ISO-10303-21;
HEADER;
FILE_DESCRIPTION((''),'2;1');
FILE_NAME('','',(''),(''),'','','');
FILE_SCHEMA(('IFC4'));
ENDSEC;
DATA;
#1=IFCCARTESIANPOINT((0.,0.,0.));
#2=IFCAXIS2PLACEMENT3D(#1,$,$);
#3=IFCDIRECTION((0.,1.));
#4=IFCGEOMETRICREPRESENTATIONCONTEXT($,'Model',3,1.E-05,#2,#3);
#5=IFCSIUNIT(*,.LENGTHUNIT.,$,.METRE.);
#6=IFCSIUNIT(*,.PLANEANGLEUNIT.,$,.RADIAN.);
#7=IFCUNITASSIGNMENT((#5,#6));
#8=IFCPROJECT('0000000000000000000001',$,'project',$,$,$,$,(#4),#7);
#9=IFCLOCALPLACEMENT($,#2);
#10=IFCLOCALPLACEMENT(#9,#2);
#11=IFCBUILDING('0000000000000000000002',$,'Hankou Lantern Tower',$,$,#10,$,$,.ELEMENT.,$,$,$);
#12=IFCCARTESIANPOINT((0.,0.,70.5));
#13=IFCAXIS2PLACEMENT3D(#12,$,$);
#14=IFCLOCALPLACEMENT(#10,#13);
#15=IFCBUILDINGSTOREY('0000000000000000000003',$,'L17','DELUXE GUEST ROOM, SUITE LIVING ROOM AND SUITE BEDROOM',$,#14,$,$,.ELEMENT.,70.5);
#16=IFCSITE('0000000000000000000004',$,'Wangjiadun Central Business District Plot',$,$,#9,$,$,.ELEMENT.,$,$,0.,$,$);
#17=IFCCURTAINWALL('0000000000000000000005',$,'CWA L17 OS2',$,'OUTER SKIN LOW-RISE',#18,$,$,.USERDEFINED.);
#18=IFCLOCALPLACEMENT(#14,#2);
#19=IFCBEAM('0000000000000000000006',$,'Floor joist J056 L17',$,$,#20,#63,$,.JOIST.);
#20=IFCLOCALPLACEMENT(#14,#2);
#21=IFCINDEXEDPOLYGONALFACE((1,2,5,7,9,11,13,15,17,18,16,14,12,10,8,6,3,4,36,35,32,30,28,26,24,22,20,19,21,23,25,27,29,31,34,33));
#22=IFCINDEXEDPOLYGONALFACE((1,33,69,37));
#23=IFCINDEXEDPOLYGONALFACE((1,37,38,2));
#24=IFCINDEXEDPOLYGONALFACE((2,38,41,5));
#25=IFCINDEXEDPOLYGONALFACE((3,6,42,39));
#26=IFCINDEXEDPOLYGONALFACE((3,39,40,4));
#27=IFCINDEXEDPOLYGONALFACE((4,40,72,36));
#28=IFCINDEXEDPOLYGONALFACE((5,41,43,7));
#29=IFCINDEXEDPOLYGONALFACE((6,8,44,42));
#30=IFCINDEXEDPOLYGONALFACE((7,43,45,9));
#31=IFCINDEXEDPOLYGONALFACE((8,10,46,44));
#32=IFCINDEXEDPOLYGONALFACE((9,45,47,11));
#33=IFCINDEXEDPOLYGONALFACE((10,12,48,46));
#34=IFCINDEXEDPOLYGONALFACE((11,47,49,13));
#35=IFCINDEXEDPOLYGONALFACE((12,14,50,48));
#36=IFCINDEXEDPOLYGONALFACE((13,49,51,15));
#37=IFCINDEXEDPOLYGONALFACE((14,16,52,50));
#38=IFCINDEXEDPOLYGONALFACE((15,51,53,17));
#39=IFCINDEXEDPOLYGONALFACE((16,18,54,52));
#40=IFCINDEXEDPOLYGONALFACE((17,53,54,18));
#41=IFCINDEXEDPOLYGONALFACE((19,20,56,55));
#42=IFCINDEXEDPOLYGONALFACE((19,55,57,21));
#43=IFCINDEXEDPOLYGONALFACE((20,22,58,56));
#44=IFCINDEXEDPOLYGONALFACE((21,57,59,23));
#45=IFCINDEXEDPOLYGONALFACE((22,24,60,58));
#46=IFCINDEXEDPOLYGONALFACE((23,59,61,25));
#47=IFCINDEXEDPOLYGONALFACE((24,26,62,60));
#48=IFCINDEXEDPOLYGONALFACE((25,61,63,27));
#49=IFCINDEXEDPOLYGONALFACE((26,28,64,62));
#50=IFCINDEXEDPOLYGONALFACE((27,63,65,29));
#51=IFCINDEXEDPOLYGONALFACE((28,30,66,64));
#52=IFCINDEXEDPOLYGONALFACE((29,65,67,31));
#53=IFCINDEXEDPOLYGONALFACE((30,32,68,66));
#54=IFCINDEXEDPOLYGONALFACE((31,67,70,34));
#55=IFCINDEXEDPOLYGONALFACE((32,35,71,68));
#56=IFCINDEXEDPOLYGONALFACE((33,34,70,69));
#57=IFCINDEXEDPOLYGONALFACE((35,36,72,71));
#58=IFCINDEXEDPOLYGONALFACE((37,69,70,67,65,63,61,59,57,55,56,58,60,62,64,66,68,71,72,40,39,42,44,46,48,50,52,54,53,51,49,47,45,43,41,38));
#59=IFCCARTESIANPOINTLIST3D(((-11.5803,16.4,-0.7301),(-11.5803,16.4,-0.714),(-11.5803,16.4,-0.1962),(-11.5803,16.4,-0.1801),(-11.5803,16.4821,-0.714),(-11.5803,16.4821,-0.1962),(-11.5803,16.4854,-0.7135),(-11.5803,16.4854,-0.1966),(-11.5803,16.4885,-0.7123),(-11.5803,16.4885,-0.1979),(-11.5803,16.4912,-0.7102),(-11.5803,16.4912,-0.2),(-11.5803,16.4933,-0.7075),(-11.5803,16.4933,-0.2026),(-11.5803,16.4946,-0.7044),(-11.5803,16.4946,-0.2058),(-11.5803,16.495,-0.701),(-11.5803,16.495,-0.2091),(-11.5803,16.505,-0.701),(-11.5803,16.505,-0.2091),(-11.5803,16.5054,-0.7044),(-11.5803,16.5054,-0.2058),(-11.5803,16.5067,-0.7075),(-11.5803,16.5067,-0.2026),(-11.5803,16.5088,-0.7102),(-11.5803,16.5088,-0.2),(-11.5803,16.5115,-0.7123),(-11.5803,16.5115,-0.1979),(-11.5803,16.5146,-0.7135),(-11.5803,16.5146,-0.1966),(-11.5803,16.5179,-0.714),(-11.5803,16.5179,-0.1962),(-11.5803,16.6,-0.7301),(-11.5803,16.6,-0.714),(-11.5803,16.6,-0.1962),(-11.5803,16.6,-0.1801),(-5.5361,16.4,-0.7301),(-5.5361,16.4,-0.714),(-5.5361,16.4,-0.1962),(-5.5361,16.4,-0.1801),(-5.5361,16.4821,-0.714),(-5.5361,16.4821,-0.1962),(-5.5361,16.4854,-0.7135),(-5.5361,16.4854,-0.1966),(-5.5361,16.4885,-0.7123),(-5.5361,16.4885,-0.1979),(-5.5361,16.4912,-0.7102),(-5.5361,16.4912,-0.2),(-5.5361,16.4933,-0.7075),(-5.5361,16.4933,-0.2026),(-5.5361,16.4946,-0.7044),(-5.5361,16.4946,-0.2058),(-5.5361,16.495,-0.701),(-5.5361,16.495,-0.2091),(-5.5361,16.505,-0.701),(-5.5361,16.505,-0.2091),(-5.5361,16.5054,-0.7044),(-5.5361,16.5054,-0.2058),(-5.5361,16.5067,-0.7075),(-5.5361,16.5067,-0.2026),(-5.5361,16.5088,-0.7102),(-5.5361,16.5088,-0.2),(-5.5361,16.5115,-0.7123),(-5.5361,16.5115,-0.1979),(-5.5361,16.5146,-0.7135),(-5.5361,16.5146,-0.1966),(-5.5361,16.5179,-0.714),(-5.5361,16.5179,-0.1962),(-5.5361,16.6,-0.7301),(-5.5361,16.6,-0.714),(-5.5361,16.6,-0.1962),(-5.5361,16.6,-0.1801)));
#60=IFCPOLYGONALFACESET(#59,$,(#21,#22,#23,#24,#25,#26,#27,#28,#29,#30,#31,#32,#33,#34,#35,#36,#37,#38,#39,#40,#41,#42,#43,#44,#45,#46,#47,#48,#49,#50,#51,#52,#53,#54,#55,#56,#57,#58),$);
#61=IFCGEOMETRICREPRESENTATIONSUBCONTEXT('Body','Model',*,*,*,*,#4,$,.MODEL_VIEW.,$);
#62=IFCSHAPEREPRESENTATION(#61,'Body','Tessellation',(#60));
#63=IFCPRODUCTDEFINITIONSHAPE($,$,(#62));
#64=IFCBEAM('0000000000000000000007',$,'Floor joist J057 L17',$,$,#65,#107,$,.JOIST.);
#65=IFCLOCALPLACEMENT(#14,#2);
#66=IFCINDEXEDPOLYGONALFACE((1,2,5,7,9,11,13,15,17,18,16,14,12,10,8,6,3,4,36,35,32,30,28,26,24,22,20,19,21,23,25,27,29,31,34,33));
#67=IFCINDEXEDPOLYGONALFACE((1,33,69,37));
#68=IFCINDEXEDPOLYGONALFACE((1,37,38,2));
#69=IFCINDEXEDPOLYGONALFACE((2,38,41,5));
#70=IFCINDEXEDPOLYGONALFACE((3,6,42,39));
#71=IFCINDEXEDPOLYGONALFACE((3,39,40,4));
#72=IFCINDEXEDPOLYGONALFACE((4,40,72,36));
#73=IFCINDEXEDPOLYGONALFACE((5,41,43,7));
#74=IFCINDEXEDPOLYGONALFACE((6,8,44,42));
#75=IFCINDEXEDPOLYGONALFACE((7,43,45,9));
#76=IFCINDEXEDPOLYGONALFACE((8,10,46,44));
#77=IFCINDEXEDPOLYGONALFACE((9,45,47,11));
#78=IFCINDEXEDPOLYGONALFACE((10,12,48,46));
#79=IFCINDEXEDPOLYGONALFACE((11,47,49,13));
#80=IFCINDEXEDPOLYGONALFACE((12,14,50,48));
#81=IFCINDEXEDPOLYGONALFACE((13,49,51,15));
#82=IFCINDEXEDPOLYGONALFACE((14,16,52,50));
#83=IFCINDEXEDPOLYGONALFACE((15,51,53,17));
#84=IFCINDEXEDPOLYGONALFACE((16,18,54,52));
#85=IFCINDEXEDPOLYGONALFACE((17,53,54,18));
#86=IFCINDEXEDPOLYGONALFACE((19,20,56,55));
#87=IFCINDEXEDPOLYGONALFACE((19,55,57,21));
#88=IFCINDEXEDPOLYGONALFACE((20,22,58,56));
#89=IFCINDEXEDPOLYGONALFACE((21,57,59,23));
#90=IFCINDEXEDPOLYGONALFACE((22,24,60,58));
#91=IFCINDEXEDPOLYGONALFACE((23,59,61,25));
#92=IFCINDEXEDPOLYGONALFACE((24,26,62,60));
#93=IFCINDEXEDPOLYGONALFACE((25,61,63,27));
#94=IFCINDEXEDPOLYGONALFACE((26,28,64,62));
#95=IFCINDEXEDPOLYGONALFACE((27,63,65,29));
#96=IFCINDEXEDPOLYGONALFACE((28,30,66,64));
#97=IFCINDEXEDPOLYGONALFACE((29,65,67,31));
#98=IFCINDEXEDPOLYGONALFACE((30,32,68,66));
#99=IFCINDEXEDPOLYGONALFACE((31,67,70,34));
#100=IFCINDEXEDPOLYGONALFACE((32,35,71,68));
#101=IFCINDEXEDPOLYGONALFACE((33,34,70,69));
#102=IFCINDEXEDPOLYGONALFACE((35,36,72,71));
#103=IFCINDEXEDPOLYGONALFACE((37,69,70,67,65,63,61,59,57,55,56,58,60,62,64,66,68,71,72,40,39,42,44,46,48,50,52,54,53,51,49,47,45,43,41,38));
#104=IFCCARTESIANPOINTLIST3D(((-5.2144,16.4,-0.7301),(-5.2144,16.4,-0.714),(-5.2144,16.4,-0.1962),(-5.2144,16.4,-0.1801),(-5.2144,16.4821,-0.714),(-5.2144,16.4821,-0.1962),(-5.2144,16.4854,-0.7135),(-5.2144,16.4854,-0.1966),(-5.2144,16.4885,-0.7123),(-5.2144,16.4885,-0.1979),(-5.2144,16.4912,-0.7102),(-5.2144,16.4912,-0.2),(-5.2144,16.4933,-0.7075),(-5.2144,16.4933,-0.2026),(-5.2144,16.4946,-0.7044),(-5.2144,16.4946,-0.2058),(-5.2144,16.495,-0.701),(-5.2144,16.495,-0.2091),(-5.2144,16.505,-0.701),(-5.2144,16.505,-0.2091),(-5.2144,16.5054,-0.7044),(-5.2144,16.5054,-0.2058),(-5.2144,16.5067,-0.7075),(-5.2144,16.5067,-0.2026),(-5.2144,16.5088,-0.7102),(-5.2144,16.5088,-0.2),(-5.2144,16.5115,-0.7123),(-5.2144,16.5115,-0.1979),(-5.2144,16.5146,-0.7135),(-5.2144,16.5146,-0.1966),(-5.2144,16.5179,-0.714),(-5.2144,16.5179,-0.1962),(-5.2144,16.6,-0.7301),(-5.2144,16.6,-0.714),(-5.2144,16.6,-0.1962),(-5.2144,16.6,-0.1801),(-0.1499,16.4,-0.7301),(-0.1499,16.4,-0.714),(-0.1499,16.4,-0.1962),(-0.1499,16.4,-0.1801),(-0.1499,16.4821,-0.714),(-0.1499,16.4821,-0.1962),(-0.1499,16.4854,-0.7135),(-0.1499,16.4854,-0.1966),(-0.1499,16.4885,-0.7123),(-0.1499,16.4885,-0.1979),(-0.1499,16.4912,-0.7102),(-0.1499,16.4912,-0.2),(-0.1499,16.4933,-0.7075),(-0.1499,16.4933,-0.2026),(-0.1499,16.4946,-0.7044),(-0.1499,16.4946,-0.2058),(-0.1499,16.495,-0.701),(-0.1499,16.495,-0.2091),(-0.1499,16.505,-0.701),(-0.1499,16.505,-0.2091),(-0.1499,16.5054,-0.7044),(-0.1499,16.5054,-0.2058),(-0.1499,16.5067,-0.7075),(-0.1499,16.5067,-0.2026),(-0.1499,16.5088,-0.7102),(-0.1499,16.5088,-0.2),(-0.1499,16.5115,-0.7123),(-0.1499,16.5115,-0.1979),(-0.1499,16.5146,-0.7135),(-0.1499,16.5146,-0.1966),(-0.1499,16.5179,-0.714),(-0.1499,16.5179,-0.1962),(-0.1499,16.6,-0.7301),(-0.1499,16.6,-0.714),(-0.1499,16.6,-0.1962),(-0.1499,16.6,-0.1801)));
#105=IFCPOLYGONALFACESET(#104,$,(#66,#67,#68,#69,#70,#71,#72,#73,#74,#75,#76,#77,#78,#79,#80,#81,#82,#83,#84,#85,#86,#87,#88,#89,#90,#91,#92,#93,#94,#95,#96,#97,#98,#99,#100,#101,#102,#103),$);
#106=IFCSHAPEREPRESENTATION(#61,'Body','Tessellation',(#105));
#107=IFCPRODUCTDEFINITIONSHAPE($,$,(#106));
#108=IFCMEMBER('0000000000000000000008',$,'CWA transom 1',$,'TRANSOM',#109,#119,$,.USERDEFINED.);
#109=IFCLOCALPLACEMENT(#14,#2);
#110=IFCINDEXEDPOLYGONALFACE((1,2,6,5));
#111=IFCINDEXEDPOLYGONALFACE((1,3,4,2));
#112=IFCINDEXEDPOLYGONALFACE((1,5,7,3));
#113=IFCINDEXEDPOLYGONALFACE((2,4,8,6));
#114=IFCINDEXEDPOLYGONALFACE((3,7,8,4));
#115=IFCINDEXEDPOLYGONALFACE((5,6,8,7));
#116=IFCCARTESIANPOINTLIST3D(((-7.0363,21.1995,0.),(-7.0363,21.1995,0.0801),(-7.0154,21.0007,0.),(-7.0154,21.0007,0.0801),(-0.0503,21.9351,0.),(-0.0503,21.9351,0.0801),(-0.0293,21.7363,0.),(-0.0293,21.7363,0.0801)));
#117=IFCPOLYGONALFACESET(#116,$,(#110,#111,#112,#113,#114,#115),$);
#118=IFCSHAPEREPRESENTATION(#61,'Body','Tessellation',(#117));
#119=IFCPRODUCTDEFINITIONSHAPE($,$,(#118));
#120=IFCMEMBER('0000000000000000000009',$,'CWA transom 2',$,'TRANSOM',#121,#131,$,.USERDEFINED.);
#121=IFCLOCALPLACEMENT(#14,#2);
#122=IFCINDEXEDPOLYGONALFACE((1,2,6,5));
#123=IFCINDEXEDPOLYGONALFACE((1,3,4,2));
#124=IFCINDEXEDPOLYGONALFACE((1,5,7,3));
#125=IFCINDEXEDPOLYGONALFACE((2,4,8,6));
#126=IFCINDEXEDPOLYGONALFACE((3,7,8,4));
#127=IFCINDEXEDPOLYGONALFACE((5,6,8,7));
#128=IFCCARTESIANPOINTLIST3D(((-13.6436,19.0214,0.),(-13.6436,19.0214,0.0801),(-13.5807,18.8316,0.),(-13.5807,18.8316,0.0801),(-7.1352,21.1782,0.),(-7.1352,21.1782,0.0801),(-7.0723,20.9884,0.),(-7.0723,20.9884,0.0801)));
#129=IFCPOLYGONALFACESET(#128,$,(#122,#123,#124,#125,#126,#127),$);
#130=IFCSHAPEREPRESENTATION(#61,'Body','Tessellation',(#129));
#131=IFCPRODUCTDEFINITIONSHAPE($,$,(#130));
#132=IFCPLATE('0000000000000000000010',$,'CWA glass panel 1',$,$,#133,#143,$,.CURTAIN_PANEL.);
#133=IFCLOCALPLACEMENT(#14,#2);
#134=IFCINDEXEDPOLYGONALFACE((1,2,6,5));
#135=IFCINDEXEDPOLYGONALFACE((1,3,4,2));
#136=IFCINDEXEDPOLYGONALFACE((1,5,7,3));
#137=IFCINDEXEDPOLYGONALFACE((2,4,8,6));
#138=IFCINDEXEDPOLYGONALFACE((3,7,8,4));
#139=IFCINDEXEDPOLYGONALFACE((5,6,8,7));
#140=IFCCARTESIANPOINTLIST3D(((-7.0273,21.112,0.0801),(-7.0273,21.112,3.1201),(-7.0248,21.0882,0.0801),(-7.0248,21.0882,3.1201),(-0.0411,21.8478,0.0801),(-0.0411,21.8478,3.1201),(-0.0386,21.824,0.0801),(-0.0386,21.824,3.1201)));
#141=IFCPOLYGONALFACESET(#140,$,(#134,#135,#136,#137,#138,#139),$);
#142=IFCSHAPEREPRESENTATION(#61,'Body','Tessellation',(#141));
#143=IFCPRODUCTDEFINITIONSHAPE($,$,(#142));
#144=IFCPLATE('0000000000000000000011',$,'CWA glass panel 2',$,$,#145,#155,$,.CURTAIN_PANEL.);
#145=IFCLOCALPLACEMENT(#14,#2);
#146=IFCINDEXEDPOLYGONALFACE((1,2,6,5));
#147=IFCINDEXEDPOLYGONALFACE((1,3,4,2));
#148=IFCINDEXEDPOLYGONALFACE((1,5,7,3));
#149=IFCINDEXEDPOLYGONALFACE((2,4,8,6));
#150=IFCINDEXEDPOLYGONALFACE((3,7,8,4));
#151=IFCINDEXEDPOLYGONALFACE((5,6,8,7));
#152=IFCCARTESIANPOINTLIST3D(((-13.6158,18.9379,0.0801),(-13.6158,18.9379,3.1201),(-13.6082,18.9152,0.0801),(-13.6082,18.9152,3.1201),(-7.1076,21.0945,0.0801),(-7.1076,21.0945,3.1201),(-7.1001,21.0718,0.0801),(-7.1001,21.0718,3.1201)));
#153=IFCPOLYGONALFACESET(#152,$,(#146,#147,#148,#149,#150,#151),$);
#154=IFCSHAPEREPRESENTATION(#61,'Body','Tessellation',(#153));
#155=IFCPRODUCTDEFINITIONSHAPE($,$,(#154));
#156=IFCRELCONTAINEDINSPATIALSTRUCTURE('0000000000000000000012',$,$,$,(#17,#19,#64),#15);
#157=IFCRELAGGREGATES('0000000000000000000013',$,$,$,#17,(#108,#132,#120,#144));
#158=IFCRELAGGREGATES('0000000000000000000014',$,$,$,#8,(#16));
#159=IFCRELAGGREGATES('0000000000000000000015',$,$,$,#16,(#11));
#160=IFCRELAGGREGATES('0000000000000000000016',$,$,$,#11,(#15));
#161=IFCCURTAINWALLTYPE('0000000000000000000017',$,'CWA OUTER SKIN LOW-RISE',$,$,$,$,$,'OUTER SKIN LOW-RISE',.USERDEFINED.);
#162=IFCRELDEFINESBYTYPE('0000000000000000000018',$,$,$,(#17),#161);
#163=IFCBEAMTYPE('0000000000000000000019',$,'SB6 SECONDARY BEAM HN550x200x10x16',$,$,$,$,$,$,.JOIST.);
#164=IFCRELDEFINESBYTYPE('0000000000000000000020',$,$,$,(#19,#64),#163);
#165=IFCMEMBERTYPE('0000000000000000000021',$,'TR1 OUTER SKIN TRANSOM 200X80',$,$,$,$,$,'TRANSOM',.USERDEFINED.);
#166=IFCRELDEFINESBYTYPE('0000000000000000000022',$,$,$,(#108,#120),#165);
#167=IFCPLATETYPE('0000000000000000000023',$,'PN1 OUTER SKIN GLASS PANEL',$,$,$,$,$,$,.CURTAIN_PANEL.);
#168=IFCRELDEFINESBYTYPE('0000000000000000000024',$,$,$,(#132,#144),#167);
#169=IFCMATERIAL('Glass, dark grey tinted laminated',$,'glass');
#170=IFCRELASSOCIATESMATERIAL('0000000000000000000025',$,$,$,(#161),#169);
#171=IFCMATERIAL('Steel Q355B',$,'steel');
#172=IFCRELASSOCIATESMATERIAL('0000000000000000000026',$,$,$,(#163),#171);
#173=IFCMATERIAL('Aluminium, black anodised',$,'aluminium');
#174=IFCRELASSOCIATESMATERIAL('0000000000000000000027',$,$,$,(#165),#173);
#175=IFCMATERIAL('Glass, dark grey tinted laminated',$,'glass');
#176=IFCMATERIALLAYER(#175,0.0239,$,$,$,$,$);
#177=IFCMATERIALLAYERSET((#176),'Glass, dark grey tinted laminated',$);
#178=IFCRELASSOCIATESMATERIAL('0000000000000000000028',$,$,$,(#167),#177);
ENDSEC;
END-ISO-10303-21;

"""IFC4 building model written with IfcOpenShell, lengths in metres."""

from ifc_helpers import new_model, si_unit, direction, frame, origin, origin_2d, place, context, subcontext, project, spatial, rectangle, i_section, extrude, material, layer, layer_set, material_profile, profile_set, type_object, element, aggregate, save


model = new_model("IFC4")

# Units and contexts
model_context = context("Model", 3, precision=1e-05, world=origin(), true_north=direction((0.0, 1.0)))
body_context = subcontext(model_context, "Body", "Model", "MODEL_VIEW")
ifc_project = project(units=[si_unit("LENGTHUNIT", "METRE"), si_unit("PLANEANGLEUNIT", "RADIAN")], contexts=[model_context])

# Site, building, storey
site_placement = place(None, origin())
site = spatial("IfcSite", under=ifc_project, at=site_placement, Name="Wangjiadun Central Business District Plot", CompositionType="ELEMENT", RefElevation=0.0)
building_placement = place(site_placement, origin())
building = spatial("IfcBuilding", under=site, at=building_placement, Name="Hankou Lantern Tower", CompositionType="ELEMENT")
storey_placement = place(building_placement, frame((0.0, 0.0, 70.5)))
storey = spatial("IfcBuildingStorey", under=building, at=storey_placement, Name="L17", Description="DELUXE GUEST ROOM, SUITE LIVING ROOM AND SUITE BEDROOM", CompositionType="ELEMENT", Elevation=70.5)

# Curtain wall
ifc_material_1 = material(Name="Glass, dark grey tinted laminated", Category="glass")
curtain_wall_type = type_object("IfcCurtainWallType", Name="CWA OUTER SKIN LOW-RISE", ElementType="OUTER SKIN LOW-RISE", PredefinedType="USERDEFINED", material=ifc_material_1)
curtain_wall_placement = place(storey_placement, origin())
curtain_wall = element("IfcCurtainWall", 1, at=curtain_wall_placement, inside=storey, type_object=curtain_wall_type, Name="CWA L17 OS2", ObjectType="OUTER SKIN LOW-RISE", PredefinedType="USERDEFINED")

# Beams
ifc_material_2 = material(Name="Steel Q355B", Category="steel")
ifc_material_profile_1 = material_profile(ifc_material_2, i_section(OverallWidth=0.2, OverallDepth=0.55, WebThickness=0.01, FlangeThickness=0.0161, FilletRadius=0.0129, at=origin_2d()), Name="HN550x200x10x16")
ifc_profile_set_1 = profile_set([ifc_material_profile_1], Name="Steel Q355B")
beam_type_1 = type_object("IfcBeamType", Name="SB6 SECONDARY BEAM HN550x200x10x16", PredefinedType="JOIST", material=ifc_profile_set_1)
beam_1_placement = place(storey_placement, frame((-11.5803, 16.5, -0.4551), z_axis=(1.0, 0.0, 0.0), x_axis=(0.0, 1.0, 0.0)))
element("IfcBeam", 2, at=beam_1_placement, inside=storey, type_object=beam_type_1, Name="Floor joist J056 L17", PredefinedType="JOIST", context=body_context, shape_type="SweptSolid", body=[
    extrude(i_section(OverallWidth=0.2, OverallDepth=0.55, WebThickness=0.01, FlangeThickness=0.0161, FilletRadius=0.0129, at=origin_2d()), origin(), (0.0, 0.0, 1.0), 6.0442),
])
beam_2_placement = place(storey_placement, frame((-5.2144, 16.5, -0.4551), z_axis=(1.0, 0.0, 0.0), x_axis=(0.0, 1.0, 0.0)))
element("IfcBeam", 3, at=beam_2_placement, inside=storey, type_object=beam_type_1, Name="Floor joist J057 L17", PredefinedType="JOIST", context=body_context, shape_type="SweptSolid", body=[
    extrude(i_section(OverallWidth=0.2, OverallDepth=0.55, WebThickness=0.01, FlangeThickness=0.0161, FilletRadius=0.0129, at=origin_2d()), origin(), (0.0, 0.0, 1.0), 5.0645),
])

# Members
ifc_material_3 = material(Name="Aluminium, black anodised", Category="aluminium")
ifc_material_profile_2 = material_profile(ifc_material_3, rectangle(XDim=0.2, YDim=0.0801, at=origin_2d()), Name="TR1 200X80")
ifc_profile_set_2 = profile_set([ifc_material_profile_2], Name="Aluminium, black anodised")
member_type_1 = type_object("IfcMemberType", Name="TR1 OUTER SKIN TRANSOM 200X80", ElementType="TRANSOM", PredefinedType="USERDEFINED", material=ifc_profile_set_2)
member_1_placement = place(storey_placement, frame((-0.0398, 21.8357, 0.04), z_axis=(-0.994502, -0.104716, 0.0), x_axis=(0.104716, -0.994502, 0.0)))
member_1 = element("IfcMember", 4, at=member_1_placement, type_object=member_type_1, Name="CWA transom 1", ObjectType="TRANSOM", PredefinedType="USERDEFINED", context=body_context, shape_type="SweptSolid", body=[
    extrude(rectangle(XDim=0.2, YDim=0.0801, at=origin_2d()), origin(), (0.0, 0.0, 1.0), 7.0247),
])
member_2_placement = place(storey_placement, frame((-7.1038, 21.0833, 0.04), z_axis=(-0.949237, -0.314561, 0.0), x_axis=(0.314561, -0.949237, 0.0)))
member_2 = element("IfcMember", 5, at=member_2_placement, type_object=member_type_1, Name="CWA transom 2", ObjectType="TRANSOM", PredefinedType="USERDEFINED", context=body_context, shape_type="SweptSolid", body=[
    extrude(rectangle(XDim=0.2, YDim=0.0801, at=origin_2d()), origin(), (0.0, 0.0, 1.0), 6.8564),
])

# Plates
ifc_material_4 = material(Name="Glass, dark grey tinted laminated", Category="glass")
ifc_layer_1 = layer(ifc_material_4, 0.0239)
ifc_layer_set_1 = layer_set([ifc_layer_1], Name="Glass, dark grey tinted laminated")
plate_type = type_object("IfcPlateType", Name="PN1 OUTER SKIN GLASS PANEL", PredefinedType="CURTAIN_PANEL", material=ifc_layer_set_1)
plate_1_placement = place(storey_placement, frame((-3.533, 21.468, 0.0801), z_axis=(0.0, 0.0, 1.0), x_axis=(-0.994499, -0.104743, 0.0)))
plate_1 = element("IfcPlate", 6, at=plate_1_placement, type_object=plate_type, Name="CWA glass panel 1", PredefinedType="CURTAIN_PANEL", context=body_context, shape_type="SweptSolid", body=[
    extrude(rectangle(XDim=7.0249, YDim=0.0239, at=origin_2d()), origin(), (0.0, 0.0, 1.0), 3.04),
])
plate_2_placement = place(storey_placement, frame((-10.3579, 20.0049, 0.0801), z_axis=(0.0, 0.0, 1.0), x_axis=(-0.949241, -0.314551, 0.0)))
plate_2 = element("IfcPlate", 7, at=plate_2_placement, type_object=plate_type, Name="CWA glass panel 2", PredefinedType="CURTAIN_PANEL", context=body_context, shape_type="SweptSolid", body=[
    extrude(rectangle(XDim=6.8562, YDim=0.0239, at=origin_2d()), origin(), (0.0, 0.0, 1.0), 3.04),
])
aggregate(curtain_wall, [member_1, plate_1, member_2, plate_2])

save(model, "model.ifc")
